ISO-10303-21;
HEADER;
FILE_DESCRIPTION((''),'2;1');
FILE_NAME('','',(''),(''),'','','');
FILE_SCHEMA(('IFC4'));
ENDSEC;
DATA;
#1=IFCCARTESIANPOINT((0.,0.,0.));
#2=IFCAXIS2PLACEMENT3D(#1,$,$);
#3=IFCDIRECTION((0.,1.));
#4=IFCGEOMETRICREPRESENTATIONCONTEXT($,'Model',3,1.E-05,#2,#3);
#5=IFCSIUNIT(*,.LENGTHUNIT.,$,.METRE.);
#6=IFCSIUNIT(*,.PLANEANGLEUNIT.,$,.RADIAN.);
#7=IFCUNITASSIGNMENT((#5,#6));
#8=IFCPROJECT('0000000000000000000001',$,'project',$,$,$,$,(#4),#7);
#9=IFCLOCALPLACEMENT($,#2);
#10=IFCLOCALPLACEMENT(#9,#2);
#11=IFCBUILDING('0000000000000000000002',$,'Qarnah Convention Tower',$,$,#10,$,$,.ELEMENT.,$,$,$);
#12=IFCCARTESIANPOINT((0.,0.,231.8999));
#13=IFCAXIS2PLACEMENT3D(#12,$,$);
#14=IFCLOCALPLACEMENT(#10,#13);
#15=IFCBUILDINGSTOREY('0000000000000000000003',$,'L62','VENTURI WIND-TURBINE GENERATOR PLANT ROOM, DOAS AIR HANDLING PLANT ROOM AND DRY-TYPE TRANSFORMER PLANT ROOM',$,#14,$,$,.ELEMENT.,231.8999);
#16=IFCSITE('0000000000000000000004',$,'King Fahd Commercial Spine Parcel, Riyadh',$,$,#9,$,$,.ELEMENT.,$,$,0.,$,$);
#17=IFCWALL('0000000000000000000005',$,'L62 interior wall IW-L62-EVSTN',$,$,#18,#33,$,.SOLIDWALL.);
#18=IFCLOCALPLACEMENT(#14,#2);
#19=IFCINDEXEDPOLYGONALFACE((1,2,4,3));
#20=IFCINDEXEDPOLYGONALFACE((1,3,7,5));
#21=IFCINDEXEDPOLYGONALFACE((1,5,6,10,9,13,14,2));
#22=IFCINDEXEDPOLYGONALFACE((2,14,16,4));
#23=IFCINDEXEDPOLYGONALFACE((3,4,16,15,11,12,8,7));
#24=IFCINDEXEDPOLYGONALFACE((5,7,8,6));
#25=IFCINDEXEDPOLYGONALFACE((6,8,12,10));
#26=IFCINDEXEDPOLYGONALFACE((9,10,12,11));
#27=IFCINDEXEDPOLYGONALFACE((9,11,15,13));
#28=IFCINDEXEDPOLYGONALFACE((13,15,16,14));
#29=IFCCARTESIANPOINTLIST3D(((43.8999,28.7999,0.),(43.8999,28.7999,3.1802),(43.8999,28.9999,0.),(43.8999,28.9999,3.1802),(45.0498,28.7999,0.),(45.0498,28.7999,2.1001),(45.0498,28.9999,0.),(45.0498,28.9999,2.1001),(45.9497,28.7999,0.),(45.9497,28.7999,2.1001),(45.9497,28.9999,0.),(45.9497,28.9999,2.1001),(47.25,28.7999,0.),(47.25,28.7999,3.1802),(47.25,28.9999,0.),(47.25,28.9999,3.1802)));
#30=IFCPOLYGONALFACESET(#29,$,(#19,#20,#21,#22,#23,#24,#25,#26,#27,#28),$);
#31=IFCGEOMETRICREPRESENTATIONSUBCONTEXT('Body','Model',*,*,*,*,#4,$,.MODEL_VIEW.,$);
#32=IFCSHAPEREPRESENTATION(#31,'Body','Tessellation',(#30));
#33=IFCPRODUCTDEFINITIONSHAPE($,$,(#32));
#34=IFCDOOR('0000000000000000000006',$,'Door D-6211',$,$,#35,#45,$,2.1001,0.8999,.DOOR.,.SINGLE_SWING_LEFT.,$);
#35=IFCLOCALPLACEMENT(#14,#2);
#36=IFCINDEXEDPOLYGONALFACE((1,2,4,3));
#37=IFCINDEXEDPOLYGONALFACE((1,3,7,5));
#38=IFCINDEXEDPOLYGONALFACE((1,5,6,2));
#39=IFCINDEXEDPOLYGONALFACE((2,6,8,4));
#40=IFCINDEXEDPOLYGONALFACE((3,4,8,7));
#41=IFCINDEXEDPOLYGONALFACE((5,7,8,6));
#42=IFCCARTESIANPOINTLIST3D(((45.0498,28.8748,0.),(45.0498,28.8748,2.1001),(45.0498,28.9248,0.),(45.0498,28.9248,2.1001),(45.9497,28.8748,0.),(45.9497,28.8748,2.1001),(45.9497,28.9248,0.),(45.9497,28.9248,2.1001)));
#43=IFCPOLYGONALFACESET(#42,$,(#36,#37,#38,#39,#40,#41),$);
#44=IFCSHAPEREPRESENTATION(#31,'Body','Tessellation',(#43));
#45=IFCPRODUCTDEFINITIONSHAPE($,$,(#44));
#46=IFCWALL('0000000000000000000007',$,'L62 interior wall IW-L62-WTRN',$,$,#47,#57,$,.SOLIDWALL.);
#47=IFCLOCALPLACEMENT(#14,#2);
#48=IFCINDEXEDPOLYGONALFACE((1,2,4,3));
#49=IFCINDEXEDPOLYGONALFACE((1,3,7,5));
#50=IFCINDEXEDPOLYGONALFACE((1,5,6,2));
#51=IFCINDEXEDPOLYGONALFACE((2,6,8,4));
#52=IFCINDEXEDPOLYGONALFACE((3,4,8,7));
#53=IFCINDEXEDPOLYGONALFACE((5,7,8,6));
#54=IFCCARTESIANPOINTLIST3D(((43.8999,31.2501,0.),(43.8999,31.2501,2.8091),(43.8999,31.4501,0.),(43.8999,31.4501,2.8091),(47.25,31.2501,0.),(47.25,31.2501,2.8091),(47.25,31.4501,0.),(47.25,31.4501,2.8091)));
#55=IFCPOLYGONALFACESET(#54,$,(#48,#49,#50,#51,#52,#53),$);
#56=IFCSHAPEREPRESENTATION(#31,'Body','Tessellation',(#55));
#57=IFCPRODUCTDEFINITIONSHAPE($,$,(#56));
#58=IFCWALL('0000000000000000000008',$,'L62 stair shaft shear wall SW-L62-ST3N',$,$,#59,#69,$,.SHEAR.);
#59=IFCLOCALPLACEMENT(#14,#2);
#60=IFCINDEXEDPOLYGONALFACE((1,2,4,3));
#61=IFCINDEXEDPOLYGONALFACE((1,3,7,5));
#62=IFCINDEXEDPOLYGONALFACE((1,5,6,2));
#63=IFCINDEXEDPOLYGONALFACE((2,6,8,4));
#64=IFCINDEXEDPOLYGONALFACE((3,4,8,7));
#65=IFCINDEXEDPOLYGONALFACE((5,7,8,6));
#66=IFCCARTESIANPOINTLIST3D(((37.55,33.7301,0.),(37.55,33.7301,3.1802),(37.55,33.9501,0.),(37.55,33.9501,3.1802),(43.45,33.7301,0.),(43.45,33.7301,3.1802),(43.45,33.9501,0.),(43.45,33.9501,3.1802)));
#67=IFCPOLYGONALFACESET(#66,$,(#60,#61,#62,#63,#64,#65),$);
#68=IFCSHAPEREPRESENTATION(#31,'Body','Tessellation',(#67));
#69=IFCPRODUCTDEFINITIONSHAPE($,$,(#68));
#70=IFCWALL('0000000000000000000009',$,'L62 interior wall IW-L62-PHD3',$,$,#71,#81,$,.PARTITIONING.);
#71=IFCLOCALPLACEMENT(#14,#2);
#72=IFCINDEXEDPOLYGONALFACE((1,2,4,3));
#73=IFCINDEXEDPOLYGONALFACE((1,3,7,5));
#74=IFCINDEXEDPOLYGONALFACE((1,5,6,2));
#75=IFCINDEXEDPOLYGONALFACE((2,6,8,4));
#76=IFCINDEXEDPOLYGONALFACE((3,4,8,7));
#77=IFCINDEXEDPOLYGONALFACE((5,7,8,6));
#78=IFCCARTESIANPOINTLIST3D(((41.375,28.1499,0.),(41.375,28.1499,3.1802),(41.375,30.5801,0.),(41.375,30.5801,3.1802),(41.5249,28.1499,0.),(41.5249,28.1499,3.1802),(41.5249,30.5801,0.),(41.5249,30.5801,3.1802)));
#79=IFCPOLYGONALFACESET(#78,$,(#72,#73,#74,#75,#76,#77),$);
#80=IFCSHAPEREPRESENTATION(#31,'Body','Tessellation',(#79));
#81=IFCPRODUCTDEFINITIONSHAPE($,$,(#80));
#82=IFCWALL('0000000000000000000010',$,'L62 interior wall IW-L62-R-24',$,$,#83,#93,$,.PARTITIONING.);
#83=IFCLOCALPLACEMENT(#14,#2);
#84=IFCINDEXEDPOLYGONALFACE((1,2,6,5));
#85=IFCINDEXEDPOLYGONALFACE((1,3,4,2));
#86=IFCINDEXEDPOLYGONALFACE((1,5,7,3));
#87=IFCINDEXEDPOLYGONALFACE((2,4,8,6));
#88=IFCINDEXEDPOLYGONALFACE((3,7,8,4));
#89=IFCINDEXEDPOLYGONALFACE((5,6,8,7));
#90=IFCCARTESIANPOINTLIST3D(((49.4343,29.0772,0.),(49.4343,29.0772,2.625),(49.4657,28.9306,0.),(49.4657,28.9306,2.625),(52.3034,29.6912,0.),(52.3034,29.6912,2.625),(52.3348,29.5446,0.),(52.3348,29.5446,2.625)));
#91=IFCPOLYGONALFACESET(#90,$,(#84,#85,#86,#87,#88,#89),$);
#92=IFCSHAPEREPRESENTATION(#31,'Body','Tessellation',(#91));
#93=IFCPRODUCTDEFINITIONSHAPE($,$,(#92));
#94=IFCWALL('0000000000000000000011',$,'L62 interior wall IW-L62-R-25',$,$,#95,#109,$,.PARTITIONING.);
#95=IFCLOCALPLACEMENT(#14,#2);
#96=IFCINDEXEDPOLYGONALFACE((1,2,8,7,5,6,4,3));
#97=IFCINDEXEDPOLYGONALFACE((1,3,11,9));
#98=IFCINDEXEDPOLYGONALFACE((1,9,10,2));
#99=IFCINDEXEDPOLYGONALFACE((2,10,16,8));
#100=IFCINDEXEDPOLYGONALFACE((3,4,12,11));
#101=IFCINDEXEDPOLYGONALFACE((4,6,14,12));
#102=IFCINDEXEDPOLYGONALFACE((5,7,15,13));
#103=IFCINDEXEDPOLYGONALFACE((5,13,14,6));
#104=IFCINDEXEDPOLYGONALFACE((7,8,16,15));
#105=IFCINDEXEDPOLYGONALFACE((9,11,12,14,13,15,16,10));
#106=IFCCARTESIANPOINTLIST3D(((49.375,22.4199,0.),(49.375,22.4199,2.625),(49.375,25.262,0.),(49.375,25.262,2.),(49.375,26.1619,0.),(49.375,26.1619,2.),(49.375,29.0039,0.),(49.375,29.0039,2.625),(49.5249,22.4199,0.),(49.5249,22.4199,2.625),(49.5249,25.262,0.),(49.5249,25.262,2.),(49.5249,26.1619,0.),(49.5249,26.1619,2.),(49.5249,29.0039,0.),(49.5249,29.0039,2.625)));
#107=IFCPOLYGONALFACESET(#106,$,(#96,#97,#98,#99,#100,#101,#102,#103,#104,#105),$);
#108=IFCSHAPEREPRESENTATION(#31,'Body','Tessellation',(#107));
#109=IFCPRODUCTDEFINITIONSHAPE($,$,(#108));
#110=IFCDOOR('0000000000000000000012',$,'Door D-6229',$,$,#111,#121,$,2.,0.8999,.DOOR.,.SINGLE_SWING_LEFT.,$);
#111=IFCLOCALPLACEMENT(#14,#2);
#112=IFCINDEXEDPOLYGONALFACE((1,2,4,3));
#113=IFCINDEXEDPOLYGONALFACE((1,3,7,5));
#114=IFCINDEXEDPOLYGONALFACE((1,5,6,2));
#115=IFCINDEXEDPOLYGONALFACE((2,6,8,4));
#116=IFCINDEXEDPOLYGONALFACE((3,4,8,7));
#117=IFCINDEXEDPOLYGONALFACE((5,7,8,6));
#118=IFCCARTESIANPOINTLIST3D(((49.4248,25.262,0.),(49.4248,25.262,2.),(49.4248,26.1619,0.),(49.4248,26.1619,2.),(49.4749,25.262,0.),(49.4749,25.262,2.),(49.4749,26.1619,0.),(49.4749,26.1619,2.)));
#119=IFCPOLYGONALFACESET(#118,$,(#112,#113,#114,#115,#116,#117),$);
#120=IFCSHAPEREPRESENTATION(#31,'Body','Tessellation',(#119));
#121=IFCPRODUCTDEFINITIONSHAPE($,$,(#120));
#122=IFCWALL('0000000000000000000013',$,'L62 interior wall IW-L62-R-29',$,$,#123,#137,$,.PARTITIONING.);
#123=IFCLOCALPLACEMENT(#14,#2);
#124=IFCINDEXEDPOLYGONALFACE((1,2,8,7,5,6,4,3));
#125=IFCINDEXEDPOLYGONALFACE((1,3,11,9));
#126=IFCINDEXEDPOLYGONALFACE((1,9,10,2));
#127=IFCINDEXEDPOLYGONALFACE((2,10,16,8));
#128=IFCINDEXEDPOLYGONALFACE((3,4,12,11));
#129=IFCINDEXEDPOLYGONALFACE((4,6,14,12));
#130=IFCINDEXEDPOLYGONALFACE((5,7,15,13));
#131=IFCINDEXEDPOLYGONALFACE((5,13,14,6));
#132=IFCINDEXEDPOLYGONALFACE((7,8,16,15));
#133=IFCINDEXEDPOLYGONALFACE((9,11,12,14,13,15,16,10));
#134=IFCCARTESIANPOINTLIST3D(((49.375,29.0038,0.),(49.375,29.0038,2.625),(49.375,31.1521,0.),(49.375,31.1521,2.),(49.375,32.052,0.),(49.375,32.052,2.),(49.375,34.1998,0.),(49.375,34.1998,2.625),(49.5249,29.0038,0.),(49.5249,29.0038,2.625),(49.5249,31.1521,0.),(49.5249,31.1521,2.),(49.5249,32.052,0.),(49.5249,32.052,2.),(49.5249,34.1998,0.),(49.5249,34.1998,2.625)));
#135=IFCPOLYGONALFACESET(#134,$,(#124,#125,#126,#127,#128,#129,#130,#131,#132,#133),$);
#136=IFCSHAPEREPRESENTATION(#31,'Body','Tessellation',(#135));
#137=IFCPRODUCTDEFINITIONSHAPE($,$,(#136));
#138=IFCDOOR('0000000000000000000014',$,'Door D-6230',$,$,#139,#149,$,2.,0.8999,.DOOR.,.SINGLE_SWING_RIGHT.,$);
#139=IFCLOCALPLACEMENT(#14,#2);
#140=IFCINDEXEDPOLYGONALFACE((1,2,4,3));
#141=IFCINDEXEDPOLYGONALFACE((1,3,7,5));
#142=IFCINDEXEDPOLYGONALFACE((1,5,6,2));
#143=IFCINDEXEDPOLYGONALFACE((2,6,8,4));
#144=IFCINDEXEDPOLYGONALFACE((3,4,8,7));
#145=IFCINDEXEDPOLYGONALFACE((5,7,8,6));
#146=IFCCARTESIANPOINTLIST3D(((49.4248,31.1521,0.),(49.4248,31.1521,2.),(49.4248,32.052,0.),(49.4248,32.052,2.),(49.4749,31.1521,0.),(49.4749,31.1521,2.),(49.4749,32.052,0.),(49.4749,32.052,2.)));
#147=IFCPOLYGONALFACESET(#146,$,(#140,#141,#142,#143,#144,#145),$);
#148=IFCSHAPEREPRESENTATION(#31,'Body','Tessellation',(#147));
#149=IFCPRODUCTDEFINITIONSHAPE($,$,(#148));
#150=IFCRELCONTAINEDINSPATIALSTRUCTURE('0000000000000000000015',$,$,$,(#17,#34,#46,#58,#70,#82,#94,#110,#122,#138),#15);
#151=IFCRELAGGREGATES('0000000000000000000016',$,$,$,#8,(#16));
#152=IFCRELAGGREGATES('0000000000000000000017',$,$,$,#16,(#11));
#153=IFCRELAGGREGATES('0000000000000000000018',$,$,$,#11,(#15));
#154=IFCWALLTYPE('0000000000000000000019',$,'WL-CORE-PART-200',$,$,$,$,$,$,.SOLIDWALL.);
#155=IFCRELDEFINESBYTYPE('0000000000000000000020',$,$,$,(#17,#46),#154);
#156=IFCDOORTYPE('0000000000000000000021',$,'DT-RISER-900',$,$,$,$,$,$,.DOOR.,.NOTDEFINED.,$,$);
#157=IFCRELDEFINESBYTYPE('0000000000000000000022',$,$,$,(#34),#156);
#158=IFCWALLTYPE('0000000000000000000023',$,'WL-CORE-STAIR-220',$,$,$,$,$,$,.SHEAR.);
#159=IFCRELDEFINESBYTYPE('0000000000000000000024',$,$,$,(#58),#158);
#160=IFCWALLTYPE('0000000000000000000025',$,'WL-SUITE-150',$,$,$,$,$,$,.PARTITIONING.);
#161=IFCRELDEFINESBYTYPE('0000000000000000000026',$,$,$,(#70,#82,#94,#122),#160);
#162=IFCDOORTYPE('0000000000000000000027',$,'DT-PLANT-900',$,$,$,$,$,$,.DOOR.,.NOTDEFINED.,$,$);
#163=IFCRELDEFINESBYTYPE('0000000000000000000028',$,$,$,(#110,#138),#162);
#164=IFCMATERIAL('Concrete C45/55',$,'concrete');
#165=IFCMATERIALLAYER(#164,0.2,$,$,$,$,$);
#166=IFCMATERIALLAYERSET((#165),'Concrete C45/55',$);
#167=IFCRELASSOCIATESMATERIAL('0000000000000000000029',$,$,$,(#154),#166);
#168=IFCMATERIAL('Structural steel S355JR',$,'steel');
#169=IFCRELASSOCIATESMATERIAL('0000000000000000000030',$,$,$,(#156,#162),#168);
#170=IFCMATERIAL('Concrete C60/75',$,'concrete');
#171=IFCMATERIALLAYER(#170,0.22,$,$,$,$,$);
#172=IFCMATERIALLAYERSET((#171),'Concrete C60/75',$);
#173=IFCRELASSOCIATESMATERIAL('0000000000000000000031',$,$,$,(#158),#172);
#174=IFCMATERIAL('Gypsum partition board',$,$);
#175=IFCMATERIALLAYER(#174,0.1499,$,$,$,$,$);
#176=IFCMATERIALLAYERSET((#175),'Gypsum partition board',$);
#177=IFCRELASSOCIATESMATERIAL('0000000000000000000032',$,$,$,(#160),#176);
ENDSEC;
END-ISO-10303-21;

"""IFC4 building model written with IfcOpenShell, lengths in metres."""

from ifc_helpers import new_model, si_unit, direction, frame, frame_2d, origin, place, context, subcontext, project, spatial, rectangle, extrude, material, layer, layer_set, type_object, element, fill, save


model = new_model("IFC4")

# Units and contexts
model_context = context("Model", 3, precision=1e-05, world=origin(), true_north=direction((0.0, 1.0)))
body_context = subcontext(model_context, "Body", "Model", "MODEL_VIEW")
ifc_project = project(units=[si_unit("LENGTHUNIT", "METRE"), si_unit("PLANEANGLEUNIT", "RADIAN")], contexts=[model_context])

# Site, building, storey
site_placement = place(None, origin())
site = spatial("IfcSite", under=ifc_project, at=site_placement, Name="King Fahd Commercial Spine Parcel, Riyadh", CompositionType="ELEMENT", RefElevation=0.0)
building_placement = place(site_placement, origin())
building = spatial("IfcBuilding", under=site, at=building_placement, Name="Qarnah Convention Tower", CompositionType="ELEMENT")
storey_placement = place(building_placement, frame((0.0, 0.0, 231.8999)))
storey = spatial("IfcBuildingStorey", under=building, at=storey_placement, Name="L62", Description="VENTURI WIND-TURBINE GENERATOR PLANT ROOM, DOAS AIR HANDLING PLANT ROOM AND DRY-TYPE TRANSFORMER PLANT ROOM", CompositionType="ELEMENT", Elevation=231.8999)

# Shared definitions
ifc_material_1 = material(Name="Structural steel S355JR", Category="steel")

# Wall, opening, door
ifc_material_2 = material(Name="Concrete C45/55", Category="concrete")
ifc_layer_1 = layer(ifc_material_2, 0.2)
ifc_layer_set_1 = layer_set([ifc_layer_1], Name="Concrete C45/55")
wall_type_1 = type_object("IfcWallType", Name="WL-CORE-PART-200", PredefinedType="SOLIDWALL", material=ifc_layer_set_1)
wall_1_placement = place(storey_placement, frame((43.8999, 28.8999, 0.0), z_axis=(0.0, 0.0, 1.0), x_axis=(1.0, 0.0, 0.0)))
wall_1 = element("IfcWall", 1, at=wall_1_placement, inside=storey, type_object=wall_type_1, Name="L62 interior wall IW-L62-EVSTN", PredefinedType="SOLIDWALL", context=body_context, shape_type="SweptSolid", body=[
    extrude(rectangle(XDim=3.3501, YDim=0.2, at=frame_2d((1.675, 0.0))), origin(), (0.0, 0.0, 1.0), 3.1802),
])
opening_1_placement = place(wall_1_placement, frame((1.1499, 0.0, 0.0)))
opening_1 = element("IfcOpeningElement", 2, at=opening_1_placement, cuts=wall_1, PredefinedType="OPENING", context=body_context, shape_type="SweptSolid", body=[
    extrude(rectangle(XDim=0.8999, YDim=2.1001, at=frame_2d((0.45, 1.05))), frame((0.0, 0.1099, 0.0), z_axis=(0.0, -1.0, 0.0), x_axis=(1.0, 0.0, 0.0)), (0.0, 0.0, 1.0), 0.22),
])
door_type_1 = type_object("IfcDoorType", Name="DT-RISER-900", OperationType="NOTDEFINED", PredefinedType="DOOR", material=ifc_material_1)
door_1_placement = place(opening_1_placement, origin())
door_1 = element("IfcDoor", 3, at=door_1_placement, inside=storey, type_object=door_type_1, Name="Door D-6211", OperationType="SINGLE_SWING_LEFT", OverallHeight=2.1001, OverallWidth=0.8999, PredefinedType="DOOR", context=body_context, shape_type="SweptSolid", body=[
    extrude(rectangle(XDim=0.8999, YDim=2.1001, at=frame_2d((0.45, 1.05))), frame((0.0, 0.0249, 0.0), z_axis=(0.0, -1.0, 0.0), x_axis=(1.0, 0.0, 0.0)), (0.0, 0.0, 1.0), 0.05),
])
fill(opening_1, door_1)

# Walls
wall_2_placement = place(storey_placement, frame((43.8999, 31.3501, 0.0), z_axis=(0.0, 0.0, 1.0), x_axis=(1.0, 0.0, 0.0)))
element("IfcWall", 4, at=wall_2_placement, inside=storey, type_object=wall_type_1, Name="L62 interior wall IW-L62-WTRN", PredefinedType="SOLIDWALL", context=body_context, shape_type="SweptSolid", body=[
    extrude(rectangle(XDim=3.3501, YDim=0.2, at=frame_2d((1.675, 0.0))), origin(), (0.0, 0.0, 1.0), 2.8091),
])
ifc_material_3 = material(Name="Concrete C60/75", Category="concrete")
ifc_layer_2 = layer(ifc_material_3, 0.22)
ifc_layer_set_2 = layer_set([ifc_layer_2], Name="Concrete C60/75")
wall_type_2 = type_object("IfcWallType", Name="WL-CORE-STAIR-220", PredefinedType="SHEAR", material=ifc_layer_set_2)
wall_3_placement = place(storey_placement, frame((37.55, 33.8401, 0.0), z_axis=(0.0, 0.0, 1.0), x_axis=(1.0, 0.0, 0.0)))
element("IfcWall", 5, at=wall_3_placement, inside=storey, type_object=wall_type_2, Name="L62 stair shaft shear wall SW-L62-ST3N", PredefinedType="SHEAR", context=body_context, shape_type="SweptSolid", body=[
    extrude(rectangle(XDim=5.8999, YDim=0.22, at=frame_2d((2.95, 0.0))), origin(), (0.0, 0.0, 1.0), 3.1802),
])
ifc_material_4 = material(Name="Gypsum partition board")
ifc_layer_3 = layer(ifc_material_4, 0.1499)
ifc_layer_set_3 = layer_set([ifc_layer_3], Name="Gypsum partition board")
wall_type_3 = type_object("IfcWallType", Name="WL-SUITE-150", PredefinedType="PARTITIONING", material=ifc_layer_set_3)
wall_4_placement = place(storey_placement, frame((41.45, 28.1499, 0.0), z_axis=(0.0, 0.0, 1.0), x_axis=(0.0, 1.0, 0.0)))
element("IfcWall", 6, at=wall_4_placement, inside=storey, type_object=wall_type_3, Name="L62 interior wall IW-L62-PHD3", PredefinedType="PARTITIONING", context=body_context, shape_type="SweptSolid", body=[
    extrude(rectangle(XDim=2.4302, YDim=0.1499, at=frame_2d((1.2151, 0.0))), origin(), (0.0, 0.0, 1.0), 3.1802),
])
wall_5_placement = place(storey_placement, frame((52.3191, 29.6179, 0.0), z_axis=(0.0, 0.0, 1.0), x_axis=(-0.977858, -0.209268, 0.0)))
element("IfcWall", 7, at=wall_5_placement, inside=storey, type_object=wall_type_3, Name="L62 interior wall IW-L62-R-24", PredefinedType="PARTITIONING", context=body_context, shape_type="SweptSolid", body=[
    extrude(rectangle(XDim=2.9341, YDim=0.1499, at=frame_2d((1.467, 0.0))), origin(), (0.0, 0.0, 1.0), 2.625),
])

# Walls, openings, doors
wall_6_placement = place(storey_placement, frame((49.45, 29.0039, 0.0), z_axis=(0.0, 0.0, 1.0), x_axis=(0.0, -1.0, 0.0)))
wall_6 = element("IfcWall", 8, at=wall_6_placement, inside=storey, type_object=wall_type_3, Name="L62 interior wall IW-L62-R-25", PredefinedType="PARTITIONING", context=body_context, shape_type="SweptSolid", body=[
    extrude(rectangle(XDim=6.584, YDim=0.1499, at=frame_2d((3.292, 0.0))), origin(), (0.0, 0.0, 1.0), 2.625),
])
opening_2_placement = place(wall_6_placement, frame((2.842, 0.0, 0.0)))
opening_2 = element("IfcOpeningElement", 9, at=opening_2_placement, cuts=wall_6, PredefinedType="OPENING", context=body_context, shape_type="SweptSolid", body=[
    extrude(rectangle(XDim=0.8999, YDim=2.0, at=frame_2d((0.45, 1.0))), frame((0.0, 0.085, 0.0), z_axis=(0.0, -1.0, 0.0), x_axis=(1.0, 0.0, 0.0)), (0.0, 0.0, 1.0), 0.1699),
])
door_type_2 = type_object("IfcDoorType", Name="DT-PLANT-900", OperationType="NOTDEFINED", PredefinedType="DOOR", material=ifc_material_1)
door_2_placement = place(opening_2_placement, origin())
door_2 = element("IfcDoor", 10, at=door_2_placement, inside=storey, type_object=door_type_2, Name="Door D-6229", OperationType="SINGLE_SWING_LEFT", OverallHeight=2.0, OverallWidth=0.8999, PredefinedType="DOOR", context=body_context, shape_type="SweptSolid", body=[
    extrude(rectangle(XDim=0.8999, YDim=2.0, at=frame_2d((0.45, 1.0))), frame((0.0, 0.0249, 0.0), z_axis=(0.0, -1.0, 0.0), x_axis=(1.0, 0.0, 0.0)), (0.0, 0.0, 1.0), 0.05),
])
fill(opening_2, door_2)
wall_7_placement = place(storey_placement, frame((49.45, 34.2, 0.0), z_axis=(0.0, 0.0, 1.0), x_axis=(0.0, -1.0, 0.0)))
wall_7 = element("IfcWall", 11, at=wall_7_placement, inside=storey, type_object=wall_type_3, Name="L62 interior wall IW-L62-R-29", PredefinedType="PARTITIONING", context=body_context, shape_type="SweptSolid", body=[
    extrude(rectangle(XDim=5.196, YDim=0.1499, at=frame_2d((2.5981, 0.0))), origin(), (0.0, 0.0, 1.0), 2.625),
])
opening_3_placement = place(wall_7_placement, frame((2.1479, 0.0, 0.0)))
opening_3 = element("IfcOpeningElement", 12, at=opening_3_placement, cuts=wall_7, PredefinedType="OPENING", context=body_context, shape_type="SweptSolid", body=[
    extrude(rectangle(XDim=0.8999, YDim=2.0, at=frame_2d((0.45, 1.0))), frame((0.0, 0.085, 0.0), z_axis=(0.0, -1.0, 0.0), x_axis=(1.0, 0.0, 0.0)), (0.0, 0.0, 1.0), 0.1699),
])
door_3_placement = place(opening_3_placement, origin())
door_3 = element("IfcDoor", 13, at=door_3_placement, inside=storey, type_object=door_type_2, Name="Door D-6230", OperationType="SINGLE_SWING_RIGHT", OverallHeight=2.0, OverallWidth=0.8999, PredefinedType="DOOR", context=body_context, shape_type="SweptSolid", body=[
    extrude(rectangle(XDim=0.8999, YDim=2.0, at=frame_2d((0.45, 1.0))), frame((0.0, 0.0249, 0.0), z_axis=(0.0, -1.0, 0.0), x_axis=(1.0, 0.0, 0.0)), (0.0, 0.0, 1.0), 0.05),
])
fill(opening_3, door_3)

save(model, "model.ifc")
